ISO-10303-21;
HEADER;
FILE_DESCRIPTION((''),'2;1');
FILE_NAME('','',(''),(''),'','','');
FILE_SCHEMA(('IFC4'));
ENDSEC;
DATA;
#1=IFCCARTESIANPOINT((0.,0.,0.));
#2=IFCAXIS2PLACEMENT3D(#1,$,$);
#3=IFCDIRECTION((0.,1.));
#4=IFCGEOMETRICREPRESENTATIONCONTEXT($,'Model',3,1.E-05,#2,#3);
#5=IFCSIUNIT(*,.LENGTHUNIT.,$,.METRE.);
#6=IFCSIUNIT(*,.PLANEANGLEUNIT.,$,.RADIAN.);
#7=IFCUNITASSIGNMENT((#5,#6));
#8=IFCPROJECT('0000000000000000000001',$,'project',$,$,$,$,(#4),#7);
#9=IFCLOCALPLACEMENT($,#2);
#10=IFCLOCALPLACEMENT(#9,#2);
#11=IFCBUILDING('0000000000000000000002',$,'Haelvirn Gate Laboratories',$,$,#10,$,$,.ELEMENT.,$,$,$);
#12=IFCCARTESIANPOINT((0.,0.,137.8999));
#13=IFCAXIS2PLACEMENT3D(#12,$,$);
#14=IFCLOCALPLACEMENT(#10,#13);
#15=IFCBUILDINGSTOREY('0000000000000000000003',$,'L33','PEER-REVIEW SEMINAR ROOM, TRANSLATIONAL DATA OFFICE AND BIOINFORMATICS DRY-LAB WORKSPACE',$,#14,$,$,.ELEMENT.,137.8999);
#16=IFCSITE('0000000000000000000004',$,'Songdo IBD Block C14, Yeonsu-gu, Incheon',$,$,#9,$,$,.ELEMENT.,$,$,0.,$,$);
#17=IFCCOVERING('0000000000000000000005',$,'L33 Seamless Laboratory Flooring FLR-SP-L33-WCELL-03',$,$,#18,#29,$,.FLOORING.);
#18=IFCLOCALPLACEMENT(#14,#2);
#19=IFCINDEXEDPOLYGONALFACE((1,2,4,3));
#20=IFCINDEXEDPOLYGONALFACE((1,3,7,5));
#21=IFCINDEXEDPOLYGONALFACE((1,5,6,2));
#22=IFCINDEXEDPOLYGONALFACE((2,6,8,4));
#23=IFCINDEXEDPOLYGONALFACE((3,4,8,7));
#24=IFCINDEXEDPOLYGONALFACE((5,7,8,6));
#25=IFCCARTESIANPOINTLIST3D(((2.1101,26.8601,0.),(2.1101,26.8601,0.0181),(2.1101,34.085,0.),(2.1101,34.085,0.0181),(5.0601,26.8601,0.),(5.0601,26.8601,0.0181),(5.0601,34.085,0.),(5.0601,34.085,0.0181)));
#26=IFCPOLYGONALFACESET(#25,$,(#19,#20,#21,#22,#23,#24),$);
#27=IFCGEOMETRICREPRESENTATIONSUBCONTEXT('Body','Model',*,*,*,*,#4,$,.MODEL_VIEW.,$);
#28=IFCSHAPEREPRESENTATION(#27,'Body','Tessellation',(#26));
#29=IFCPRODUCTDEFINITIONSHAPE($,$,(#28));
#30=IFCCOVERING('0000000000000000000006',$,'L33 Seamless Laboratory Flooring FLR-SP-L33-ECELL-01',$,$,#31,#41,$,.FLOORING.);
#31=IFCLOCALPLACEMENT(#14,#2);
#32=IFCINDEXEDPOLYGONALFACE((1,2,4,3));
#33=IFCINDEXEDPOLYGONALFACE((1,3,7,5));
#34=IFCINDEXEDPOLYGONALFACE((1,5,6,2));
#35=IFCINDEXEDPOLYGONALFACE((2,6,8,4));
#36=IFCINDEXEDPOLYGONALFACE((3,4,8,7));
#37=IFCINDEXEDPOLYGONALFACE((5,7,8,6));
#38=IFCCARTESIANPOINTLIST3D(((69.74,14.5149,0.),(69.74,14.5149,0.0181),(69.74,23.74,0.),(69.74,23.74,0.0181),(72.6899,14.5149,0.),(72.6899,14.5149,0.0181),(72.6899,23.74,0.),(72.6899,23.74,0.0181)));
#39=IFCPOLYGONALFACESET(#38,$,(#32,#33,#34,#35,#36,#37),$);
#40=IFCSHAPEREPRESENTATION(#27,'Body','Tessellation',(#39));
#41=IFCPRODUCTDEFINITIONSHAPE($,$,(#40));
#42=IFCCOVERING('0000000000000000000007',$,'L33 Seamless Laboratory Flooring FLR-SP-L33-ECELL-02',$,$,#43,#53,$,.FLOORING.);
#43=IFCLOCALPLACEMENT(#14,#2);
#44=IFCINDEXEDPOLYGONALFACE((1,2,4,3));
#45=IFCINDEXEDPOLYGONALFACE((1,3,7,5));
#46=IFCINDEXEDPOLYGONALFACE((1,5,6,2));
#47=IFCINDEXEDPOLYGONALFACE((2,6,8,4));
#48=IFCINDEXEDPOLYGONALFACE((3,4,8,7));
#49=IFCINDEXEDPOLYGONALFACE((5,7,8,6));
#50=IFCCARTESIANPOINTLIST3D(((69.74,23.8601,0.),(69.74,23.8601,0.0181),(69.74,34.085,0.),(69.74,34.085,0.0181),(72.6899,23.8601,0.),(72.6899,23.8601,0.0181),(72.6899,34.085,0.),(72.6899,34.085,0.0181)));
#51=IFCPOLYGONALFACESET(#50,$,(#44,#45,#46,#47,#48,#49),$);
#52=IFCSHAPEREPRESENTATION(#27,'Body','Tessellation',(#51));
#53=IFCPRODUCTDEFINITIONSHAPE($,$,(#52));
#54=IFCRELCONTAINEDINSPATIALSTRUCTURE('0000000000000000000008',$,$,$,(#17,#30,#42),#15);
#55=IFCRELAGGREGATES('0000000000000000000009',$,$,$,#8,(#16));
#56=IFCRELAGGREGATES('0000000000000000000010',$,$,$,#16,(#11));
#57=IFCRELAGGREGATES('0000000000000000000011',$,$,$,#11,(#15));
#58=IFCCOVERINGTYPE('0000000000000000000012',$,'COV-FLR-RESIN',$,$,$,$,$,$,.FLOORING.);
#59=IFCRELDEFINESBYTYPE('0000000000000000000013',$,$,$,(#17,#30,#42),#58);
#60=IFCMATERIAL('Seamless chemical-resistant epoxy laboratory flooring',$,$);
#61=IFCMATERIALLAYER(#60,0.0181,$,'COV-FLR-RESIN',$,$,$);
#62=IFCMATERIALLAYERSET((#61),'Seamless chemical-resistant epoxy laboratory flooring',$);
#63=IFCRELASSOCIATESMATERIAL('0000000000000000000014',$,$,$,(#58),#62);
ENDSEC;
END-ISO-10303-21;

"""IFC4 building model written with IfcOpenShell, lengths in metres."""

from ifc_helpers import new_model, si_unit, direction, frame, origin, place, context, subcontext, project, spatial, polyline, outline, extrude, material, layer, layer_set, type_object, element, save


model = new_model("IFC4")

# Units and contexts
model_context = context("Model", 3, precision=1e-05, world=origin(), true_north=direction((0.0, 1.0)))
body_context = subcontext(model_context, "Body", "Model", "MODEL_VIEW")
ifc_project = project(units=[si_unit("LENGTHUNIT", "METRE"), si_unit("PLANEANGLEUNIT", "RADIAN")], contexts=[model_context])

# Site, building, storey
site_placement = place(None, origin())
site = spatial("IfcSite", under=ifc_project, at=site_placement, Name="Songdo IBD Block C14, Yeonsu-gu, Incheon", CompositionType="ELEMENT", RefElevation=0.0)
building_placement = place(site_placement, origin())
building = spatial("IfcBuilding", under=site, at=building_placement, Name="Haelvirn Gate Laboratories", CompositionType="ELEMENT")
storey_placement = place(building_placement, frame((0.0, 0.0, 137.8999)))
storey = spatial("IfcBuildingStorey", under=building, at=storey_placement, Name="L33", Description="PEER-REVIEW SEMINAR ROOM, TRANSLATIONAL DATA OFFICE AND BIOINFORMATICS DRY-LAB WORKSPACE", CompositionType="ELEMENT", Elevation=137.8999)

# Coverings
ifc_material_1 = material(Name="Seamless chemical-resistant epoxy laboratory flooring")
ifc_layer_1 = layer(ifc_material_1, 0.0181, Name="COV-FLR-RESIN")
ifc_layer_set_1 = layer_set([ifc_layer_1], Name="Seamless chemical-resistant epoxy laboratory flooring")
covering_type = type_object("IfcCoveringType", Name="COV-FLR-RESIN", PredefinedType="FLOORING", material=ifc_layer_set_1)
covering_1_placement = place(storey_placement, origin())
element("IfcCovering", 1, at=covering_1_placement, inside=storey, type_object=covering_type, Name="L33 Seamless Laboratory Flooring FLR-SP-L33-WCELL-03", PredefinedType="FLOORING", context=body_context, shape_type="SweptSolid", body=[
    extrude(outline(polyline([(2.1101, 34.085), (5.0601, 34.085), (5.0601, 26.8601), (2.1101, 26.8601), (2.1101, 34.085)])), origin(), (0.0, 0.0, 1.0), 0.0181),
])
covering_2_placement = place(storey_placement, origin())
element("IfcCovering", 2, at=covering_2_placement, inside=storey, type_object=covering_type, Name="L33 Seamless Laboratory Flooring FLR-SP-L33-ECELL-01", PredefinedType="FLOORING", context=body_context, shape_type="SweptSolid", body=[
    extrude(outline(polyline([(69.74, 23.74), (72.6899, 23.74), (72.6899, 14.5149), (69.74, 14.5149), (69.74, 23.74)])), origin(), (0.0, 0.0, 1.0), 0.0181),
])
covering_3_placement = place(storey_placement, origin())
element("IfcCovering", 3, at=covering_3_placement, inside=storey, type_object=covering_type, Name="L33 Seamless Laboratory Flooring FLR-SP-L33-ECELL-02", PredefinedType="FLOORING", context=body_context, shape_type="SweptSolid", body=[
    extrude(outline(polyline([(69.74, 34.085), (72.6899, 34.085), (72.6899, 23.8601), (69.74, 23.8601), (69.74, 34.085)])), origin(), (0.0, 0.0, 1.0), 0.0181),
])

save(model, "model.ifc")
